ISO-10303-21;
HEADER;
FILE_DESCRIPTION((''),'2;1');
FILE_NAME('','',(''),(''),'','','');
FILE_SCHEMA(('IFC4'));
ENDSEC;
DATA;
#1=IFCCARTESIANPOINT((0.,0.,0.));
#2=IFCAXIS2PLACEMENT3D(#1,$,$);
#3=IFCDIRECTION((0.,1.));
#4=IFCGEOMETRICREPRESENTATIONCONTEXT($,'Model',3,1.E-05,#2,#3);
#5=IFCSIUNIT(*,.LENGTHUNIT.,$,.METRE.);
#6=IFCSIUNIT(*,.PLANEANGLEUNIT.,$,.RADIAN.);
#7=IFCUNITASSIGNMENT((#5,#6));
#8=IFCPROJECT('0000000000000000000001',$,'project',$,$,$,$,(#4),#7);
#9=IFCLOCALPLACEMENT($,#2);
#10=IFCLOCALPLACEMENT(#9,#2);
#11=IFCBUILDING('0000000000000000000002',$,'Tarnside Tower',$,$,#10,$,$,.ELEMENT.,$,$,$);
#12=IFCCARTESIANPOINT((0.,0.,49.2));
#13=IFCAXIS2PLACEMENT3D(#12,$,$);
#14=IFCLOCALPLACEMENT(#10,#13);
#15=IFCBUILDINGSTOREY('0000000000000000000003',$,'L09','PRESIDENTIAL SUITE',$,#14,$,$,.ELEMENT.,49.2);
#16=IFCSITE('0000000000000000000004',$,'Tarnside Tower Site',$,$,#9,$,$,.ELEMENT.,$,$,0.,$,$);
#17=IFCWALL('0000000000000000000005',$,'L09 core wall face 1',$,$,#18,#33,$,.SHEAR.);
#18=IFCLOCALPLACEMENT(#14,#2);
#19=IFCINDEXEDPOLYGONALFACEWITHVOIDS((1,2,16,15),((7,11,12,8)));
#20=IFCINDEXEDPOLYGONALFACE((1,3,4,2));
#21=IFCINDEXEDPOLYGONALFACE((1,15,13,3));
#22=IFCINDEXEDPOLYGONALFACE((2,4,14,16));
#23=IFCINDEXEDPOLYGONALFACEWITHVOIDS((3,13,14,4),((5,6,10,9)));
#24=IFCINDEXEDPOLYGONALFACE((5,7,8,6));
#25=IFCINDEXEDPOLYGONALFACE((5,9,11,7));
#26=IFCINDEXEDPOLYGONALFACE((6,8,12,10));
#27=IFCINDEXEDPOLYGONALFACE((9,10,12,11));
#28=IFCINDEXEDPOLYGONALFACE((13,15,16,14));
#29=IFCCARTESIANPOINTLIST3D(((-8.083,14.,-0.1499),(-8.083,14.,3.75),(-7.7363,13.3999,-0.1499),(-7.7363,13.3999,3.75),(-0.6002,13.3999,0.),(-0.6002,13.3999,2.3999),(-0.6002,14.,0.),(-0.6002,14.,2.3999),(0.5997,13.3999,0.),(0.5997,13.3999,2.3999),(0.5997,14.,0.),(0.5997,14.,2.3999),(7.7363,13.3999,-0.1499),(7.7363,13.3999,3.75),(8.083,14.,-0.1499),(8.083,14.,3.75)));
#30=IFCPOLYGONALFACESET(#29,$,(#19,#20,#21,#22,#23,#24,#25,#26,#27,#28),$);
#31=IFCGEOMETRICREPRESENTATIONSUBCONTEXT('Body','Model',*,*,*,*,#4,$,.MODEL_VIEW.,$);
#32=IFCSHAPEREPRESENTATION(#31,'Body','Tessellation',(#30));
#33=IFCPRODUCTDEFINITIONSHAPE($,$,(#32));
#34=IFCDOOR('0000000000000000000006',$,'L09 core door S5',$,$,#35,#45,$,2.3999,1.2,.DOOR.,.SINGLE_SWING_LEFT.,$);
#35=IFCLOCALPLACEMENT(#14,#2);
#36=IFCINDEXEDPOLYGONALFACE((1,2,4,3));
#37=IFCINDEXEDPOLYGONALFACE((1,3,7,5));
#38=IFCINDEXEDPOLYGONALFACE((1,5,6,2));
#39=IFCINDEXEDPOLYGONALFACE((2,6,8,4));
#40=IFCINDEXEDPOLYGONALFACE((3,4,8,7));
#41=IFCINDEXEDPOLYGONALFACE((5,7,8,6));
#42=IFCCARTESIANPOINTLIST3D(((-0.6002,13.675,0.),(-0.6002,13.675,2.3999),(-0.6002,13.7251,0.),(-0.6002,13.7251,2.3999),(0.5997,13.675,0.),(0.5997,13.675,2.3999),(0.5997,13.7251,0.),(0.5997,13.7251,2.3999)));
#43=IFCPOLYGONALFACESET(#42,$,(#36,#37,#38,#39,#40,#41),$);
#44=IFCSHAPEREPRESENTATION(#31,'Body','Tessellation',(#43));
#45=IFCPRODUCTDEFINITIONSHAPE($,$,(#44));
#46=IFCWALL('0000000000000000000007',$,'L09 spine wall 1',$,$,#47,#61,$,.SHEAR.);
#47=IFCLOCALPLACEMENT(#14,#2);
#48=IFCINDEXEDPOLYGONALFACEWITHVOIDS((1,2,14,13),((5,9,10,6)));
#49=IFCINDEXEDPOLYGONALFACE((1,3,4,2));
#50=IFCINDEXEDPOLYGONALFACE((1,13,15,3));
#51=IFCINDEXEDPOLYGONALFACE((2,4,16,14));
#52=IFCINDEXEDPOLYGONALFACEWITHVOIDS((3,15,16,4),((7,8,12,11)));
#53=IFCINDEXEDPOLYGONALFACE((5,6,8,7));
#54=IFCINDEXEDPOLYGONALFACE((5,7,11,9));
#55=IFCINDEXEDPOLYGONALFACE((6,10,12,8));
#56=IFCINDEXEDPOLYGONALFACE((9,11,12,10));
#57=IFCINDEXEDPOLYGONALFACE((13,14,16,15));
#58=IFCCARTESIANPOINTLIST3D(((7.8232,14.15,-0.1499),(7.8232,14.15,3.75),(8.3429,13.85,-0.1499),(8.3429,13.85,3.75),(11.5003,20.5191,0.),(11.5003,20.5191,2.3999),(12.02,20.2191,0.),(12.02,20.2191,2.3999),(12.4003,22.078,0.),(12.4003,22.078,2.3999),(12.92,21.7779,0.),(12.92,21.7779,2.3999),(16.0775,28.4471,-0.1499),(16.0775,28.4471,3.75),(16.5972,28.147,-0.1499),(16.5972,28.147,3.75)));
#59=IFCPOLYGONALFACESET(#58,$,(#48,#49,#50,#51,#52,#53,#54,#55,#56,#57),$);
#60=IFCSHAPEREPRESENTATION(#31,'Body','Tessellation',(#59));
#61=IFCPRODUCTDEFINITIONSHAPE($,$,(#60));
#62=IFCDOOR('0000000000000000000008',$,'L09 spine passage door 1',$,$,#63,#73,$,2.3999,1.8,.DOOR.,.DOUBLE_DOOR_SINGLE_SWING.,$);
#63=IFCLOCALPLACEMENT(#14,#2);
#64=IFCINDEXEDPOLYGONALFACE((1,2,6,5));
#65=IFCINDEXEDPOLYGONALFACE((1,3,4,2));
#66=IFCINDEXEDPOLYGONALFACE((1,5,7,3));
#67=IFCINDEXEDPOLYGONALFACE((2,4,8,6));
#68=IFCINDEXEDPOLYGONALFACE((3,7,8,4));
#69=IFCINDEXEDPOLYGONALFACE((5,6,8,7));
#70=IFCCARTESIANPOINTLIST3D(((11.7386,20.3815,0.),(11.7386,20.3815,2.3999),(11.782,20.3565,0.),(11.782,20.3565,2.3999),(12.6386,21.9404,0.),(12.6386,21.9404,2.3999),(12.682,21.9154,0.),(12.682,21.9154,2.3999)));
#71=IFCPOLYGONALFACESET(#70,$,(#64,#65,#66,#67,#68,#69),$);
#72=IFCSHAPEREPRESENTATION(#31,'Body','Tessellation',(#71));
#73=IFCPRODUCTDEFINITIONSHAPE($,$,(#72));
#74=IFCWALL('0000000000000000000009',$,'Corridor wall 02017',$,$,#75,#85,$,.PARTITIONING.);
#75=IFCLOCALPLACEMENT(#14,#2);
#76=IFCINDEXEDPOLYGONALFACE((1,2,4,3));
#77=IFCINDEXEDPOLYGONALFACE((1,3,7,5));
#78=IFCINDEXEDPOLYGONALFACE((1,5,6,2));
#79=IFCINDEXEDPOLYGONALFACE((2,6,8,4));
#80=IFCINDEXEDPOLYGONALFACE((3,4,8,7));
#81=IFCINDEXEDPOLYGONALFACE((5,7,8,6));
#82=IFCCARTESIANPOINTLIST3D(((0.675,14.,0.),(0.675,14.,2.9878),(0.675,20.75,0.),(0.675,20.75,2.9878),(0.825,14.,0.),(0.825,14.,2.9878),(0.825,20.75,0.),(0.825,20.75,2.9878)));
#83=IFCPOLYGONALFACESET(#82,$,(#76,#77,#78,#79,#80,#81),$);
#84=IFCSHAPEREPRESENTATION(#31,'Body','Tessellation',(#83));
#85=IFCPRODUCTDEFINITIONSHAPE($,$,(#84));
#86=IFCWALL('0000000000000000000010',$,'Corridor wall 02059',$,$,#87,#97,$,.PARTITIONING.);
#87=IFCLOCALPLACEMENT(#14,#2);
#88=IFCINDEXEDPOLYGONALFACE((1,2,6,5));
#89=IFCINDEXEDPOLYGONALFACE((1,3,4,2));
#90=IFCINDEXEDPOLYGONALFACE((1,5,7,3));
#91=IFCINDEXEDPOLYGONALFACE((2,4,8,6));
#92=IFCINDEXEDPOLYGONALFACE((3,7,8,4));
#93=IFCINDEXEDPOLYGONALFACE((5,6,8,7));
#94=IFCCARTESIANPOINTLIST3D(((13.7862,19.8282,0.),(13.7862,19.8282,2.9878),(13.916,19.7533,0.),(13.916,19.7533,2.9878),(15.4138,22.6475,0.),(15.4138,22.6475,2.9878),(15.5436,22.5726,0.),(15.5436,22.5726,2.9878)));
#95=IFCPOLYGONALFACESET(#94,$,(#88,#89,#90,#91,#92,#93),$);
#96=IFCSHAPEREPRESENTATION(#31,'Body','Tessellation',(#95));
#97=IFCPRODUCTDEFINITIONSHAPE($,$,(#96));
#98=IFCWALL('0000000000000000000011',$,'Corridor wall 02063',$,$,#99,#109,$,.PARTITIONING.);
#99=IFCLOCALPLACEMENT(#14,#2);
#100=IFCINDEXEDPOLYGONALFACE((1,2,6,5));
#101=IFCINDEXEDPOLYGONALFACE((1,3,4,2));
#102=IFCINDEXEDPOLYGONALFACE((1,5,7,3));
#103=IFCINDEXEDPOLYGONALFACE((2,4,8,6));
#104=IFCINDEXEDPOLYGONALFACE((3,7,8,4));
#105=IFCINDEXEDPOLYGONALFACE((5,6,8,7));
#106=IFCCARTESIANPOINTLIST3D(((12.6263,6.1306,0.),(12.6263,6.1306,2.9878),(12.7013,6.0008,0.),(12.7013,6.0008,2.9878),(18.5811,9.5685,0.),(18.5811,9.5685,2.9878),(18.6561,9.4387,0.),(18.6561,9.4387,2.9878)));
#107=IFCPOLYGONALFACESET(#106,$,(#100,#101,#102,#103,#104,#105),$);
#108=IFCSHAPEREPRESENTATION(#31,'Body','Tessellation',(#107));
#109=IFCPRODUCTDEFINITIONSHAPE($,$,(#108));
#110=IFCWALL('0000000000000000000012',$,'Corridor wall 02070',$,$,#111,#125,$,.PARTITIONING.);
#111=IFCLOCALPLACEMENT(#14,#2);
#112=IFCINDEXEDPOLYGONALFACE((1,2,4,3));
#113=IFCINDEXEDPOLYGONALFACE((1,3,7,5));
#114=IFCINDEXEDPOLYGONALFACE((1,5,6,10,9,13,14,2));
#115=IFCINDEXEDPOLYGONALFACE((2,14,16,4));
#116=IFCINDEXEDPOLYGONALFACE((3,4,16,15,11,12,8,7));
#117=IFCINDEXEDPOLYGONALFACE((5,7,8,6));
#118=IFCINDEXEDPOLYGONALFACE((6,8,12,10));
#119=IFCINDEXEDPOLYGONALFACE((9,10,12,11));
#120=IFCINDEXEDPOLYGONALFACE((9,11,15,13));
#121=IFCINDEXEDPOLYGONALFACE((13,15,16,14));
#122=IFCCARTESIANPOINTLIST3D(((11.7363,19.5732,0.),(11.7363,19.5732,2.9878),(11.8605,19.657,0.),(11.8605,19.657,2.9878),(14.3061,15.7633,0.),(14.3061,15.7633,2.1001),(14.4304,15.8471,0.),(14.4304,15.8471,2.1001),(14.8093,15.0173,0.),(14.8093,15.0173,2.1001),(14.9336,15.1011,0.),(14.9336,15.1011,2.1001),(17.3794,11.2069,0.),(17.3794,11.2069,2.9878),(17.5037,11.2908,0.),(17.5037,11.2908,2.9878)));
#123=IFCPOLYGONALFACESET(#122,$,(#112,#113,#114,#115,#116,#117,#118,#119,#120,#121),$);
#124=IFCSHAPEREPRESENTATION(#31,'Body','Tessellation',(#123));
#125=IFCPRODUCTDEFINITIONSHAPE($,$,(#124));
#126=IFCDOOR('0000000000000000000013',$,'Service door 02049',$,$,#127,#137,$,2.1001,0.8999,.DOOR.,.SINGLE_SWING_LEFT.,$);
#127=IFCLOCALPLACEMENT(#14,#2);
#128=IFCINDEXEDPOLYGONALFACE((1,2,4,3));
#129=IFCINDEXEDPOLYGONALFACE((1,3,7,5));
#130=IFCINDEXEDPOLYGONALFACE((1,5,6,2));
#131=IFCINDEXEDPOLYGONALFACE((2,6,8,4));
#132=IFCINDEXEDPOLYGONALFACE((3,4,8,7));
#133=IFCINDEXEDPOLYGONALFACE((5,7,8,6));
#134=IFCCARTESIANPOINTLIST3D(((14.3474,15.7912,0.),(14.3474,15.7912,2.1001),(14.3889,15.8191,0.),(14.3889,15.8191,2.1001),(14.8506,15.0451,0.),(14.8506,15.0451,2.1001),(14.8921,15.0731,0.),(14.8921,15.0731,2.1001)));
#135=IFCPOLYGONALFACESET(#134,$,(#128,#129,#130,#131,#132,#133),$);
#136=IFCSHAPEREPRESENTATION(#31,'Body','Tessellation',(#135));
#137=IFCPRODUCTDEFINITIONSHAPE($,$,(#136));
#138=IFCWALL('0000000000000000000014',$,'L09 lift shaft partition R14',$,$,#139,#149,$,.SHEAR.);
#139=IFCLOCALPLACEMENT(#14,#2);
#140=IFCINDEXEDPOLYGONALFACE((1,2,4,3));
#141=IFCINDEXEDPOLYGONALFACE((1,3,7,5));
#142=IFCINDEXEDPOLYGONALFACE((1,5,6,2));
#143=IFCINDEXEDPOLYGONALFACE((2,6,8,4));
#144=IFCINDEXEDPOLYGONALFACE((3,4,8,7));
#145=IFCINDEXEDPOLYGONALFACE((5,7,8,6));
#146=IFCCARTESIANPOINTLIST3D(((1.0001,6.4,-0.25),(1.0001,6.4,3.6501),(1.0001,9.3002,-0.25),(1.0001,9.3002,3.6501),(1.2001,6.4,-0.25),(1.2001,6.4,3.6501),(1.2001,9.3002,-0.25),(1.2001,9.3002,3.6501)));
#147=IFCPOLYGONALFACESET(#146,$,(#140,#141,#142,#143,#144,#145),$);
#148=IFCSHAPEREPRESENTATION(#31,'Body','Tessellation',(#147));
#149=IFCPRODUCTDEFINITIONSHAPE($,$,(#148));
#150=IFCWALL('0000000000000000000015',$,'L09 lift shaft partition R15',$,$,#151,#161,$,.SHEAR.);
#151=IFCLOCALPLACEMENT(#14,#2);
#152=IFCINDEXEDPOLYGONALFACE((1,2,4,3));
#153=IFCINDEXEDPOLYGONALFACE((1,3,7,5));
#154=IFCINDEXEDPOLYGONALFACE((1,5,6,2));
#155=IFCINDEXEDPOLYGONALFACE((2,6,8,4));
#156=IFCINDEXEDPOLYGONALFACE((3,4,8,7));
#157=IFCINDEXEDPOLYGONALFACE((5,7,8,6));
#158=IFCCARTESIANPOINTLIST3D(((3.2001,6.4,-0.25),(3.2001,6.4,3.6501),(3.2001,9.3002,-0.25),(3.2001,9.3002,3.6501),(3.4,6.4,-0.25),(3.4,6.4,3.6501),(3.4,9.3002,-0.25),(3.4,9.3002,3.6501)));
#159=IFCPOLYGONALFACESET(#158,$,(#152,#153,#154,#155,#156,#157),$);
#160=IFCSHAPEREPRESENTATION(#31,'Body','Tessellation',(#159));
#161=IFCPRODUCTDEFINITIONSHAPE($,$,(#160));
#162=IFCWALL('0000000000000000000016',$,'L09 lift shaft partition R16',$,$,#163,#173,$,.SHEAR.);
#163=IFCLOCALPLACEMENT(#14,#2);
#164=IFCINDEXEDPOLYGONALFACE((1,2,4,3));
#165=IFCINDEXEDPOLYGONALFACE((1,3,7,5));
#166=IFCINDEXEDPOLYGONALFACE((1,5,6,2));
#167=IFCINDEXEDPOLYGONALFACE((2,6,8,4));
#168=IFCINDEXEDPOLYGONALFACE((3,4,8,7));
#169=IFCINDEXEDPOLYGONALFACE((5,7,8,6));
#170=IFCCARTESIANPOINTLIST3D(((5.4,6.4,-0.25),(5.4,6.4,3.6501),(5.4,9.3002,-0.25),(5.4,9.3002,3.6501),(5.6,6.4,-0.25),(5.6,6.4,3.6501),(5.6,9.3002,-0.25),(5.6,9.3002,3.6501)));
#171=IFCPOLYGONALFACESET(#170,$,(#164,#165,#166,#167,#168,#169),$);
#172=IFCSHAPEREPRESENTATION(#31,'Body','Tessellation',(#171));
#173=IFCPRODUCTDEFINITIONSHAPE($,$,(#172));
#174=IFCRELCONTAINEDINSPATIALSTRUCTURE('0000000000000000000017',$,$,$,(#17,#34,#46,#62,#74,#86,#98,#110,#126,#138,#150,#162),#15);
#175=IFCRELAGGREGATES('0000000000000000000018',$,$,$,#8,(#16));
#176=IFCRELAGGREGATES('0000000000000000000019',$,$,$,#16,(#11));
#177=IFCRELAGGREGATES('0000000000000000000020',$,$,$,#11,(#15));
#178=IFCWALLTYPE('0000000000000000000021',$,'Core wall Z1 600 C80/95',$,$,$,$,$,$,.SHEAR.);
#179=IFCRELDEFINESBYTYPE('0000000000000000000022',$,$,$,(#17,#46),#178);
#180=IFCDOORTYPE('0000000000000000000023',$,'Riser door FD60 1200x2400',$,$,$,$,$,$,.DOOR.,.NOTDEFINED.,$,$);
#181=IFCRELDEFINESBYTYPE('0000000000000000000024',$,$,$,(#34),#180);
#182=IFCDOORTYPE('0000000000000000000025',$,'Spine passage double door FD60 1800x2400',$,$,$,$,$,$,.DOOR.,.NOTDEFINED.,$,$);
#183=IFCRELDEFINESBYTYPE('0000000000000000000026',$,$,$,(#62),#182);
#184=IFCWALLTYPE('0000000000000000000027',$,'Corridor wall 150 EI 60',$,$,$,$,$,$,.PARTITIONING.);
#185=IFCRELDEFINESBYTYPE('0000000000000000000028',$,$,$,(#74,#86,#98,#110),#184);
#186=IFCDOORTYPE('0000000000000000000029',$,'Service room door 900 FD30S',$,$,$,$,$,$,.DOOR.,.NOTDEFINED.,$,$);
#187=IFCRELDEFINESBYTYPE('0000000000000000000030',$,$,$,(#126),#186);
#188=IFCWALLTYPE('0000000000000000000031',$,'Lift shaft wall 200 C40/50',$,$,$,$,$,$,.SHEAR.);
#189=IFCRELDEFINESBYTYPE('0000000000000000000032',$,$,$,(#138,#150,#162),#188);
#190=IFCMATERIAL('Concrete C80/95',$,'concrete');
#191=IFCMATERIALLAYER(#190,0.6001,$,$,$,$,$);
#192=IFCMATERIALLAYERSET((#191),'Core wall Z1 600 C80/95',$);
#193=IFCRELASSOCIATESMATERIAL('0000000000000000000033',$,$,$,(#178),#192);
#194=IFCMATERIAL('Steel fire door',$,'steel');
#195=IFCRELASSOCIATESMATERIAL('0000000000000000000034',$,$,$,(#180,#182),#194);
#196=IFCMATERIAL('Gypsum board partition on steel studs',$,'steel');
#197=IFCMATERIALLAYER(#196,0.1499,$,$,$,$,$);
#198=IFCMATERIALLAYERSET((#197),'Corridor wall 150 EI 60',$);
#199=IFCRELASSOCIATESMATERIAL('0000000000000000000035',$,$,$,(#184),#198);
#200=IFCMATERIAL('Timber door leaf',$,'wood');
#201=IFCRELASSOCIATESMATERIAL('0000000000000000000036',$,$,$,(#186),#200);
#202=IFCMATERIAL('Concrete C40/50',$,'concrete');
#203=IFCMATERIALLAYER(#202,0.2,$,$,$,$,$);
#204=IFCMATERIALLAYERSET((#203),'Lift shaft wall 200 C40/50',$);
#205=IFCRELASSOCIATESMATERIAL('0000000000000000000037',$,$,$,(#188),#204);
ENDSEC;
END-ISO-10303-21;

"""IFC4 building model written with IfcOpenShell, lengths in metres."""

from ifc_helpers import new_model, si_unit, direction, frame, frame_2d, origin, place, context, subcontext, project, spatial, polyline, rectangle, outline, extrude, material, layer, layer_set, type_object, element, fill, save


model = new_model("IFC4")

# Units and contexts
model_context = context("Model", 3, precision=1e-05, world=origin(), true_north=direction((0.0, 1.0)))
body_context = subcontext(model_context, "Body", "Model", "MODEL_VIEW")
ifc_project = project(units=[si_unit("LENGTHUNIT", "METRE"), si_unit("PLANEANGLEUNIT", "RADIAN")], contexts=[model_context])

# Site, building, storey
site_placement = place(None, origin())
site = spatial("IfcSite", under=ifc_project, at=site_placement, Name="Tarnside Tower Site", CompositionType="ELEMENT", RefElevation=0.0)
building_placement = place(site_placement, origin())
building = spatial("IfcBuilding", under=site, at=building_placement, Name="Tarnside Tower", CompositionType="ELEMENT")
storey_placement = place(building_placement, frame((0.0, 0.0, 49.2)))
storey = spatial("IfcBuildingStorey", under=building, at=storey_placement, Name="L09", Description="PRESIDENTIAL SUITE", CompositionType="ELEMENT", Elevation=49.2)

# Shared definitions
ifc_material_1 = material(Name="Concrete C40/50", Category="concrete")

# Shared definitions
ifc_material_2 = material(Name="Steel fire door", Category="steel")

# Walls, openings, doors
ifc_material_3 = material(Name="Concrete C80/95", Category="concrete")
ifc_layer_1 = layer(ifc_material_3, 0.6001)
ifc_layer_set_1 = layer_set([ifc_layer_1], Name="Core wall Z1 600 C80/95")
wall_type_1 = type_object("IfcWallType", Name="Core wall Z1 600 C80/95", PredefinedType="SHEAR", material=ifc_layer_set_1)
wall_1_placement = place(storey_placement, frame((7.9097, 13.7, -0.1499), z_axis=(0.0, 0.0, 1.0), x_axis=(-1.0, 0.0, 0.0)))
wall_1 = element("IfcWall", 1, at=wall_1_placement, inside=storey, type_object=wall_type_1, Name="L09 core wall face 1", PredefinedType="SHEAR", context=body_context, shape_type="SweptSolid", body=[
    extrude(outline(polyline([(-0.1733, -0.3), (15.9927, -0.3), (15.646, 0.3), (0.1733, 0.3), (-0.1733, -0.3)])), origin(), (0.0, 0.0, 1.0), 3.8999),
])
opening_1_placement = place(wall_1_placement, frame((7.3098, 0.0, 0.1499)))
opening_1 = element("IfcOpeningElement", 2, at=opening_1_placement, cuts=wall_1, PredefinedType="OPENING", context=body_context, shape_type="SweptSolid", body=[
    extrude(rectangle(XDim=1.2, YDim=2.3999, at=frame_2d((0.6001, 1.2))), frame((0.0, 0.3101, 0.0), z_axis=(0.0, -1.0, 0.0), x_axis=(1.0, 0.0, 0.0)), (0.0, 0.0, 1.0), 0.6201),
])
door_type_1 = type_object("IfcDoorType", Name="Riser door FD60 1200x2400", OperationType="NOTDEFINED", PredefinedType="DOOR", material=ifc_material_2)
door_1_placement = place(opening_1_placement, origin())
door_1 = element("IfcDoor", 3, at=door_1_placement, inside=storey, type_object=door_type_1, Name="L09 core door S5", OperationType="SINGLE_SWING_LEFT", OverallHeight=2.3999, OverallWidth=1.2, PredefinedType="DOOR", context=body_context, shape_type="SweptSolid", body=[
    extrude(rectangle(XDim=1.2, YDim=2.3999, at=frame_2d((0.6001, 1.2))), frame((0.0, 0.0249, 0.0), z_axis=(0.0, -1.0, 0.0), x_axis=(1.0, 0.0, 0.0)), (0.0, 0.0, 1.0), 0.05),
])
fill(opening_1, door_1)
wall_2_placement = place(storey_placement, frame((8.083, 14.0, -0.1499), z_axis=(0.0, 0.0, 1.0), x_axis=(0.499998, 0.866027, 0.0)))
wall_2 = element("IfcWall", 4, at=wall_2_placement, inside=storey, type_object=wall_type_1, Name="L09 spine wall 1", PredefinedType="SHEAR", context=body_context, shape_type="SweptSolid", body=[
    extrude(rectangle(XDim=16.5088, YDim=0.6001, at=frame_2d((8.2544, 0.0))), origin(), (0.0, 0.0, 1.0), 3.8999),
])
opening_2_placement = place(wall_2_placement, frame((7.3545, 0.0, 0.1499)))
opening_2 = element("IfcOpeningElement", 5, at=opening_2_placement, cuts=wall_2, PredefinedType="OPENING", context=body_context, shape_type="SweptSolid", body=[
    extrude(rectangle(XDim=1.8, YDim=2.3999, at=frame_2d((0.8999, 1.2))), frame((0.0, 0.3101, 0.0), z_axis=(0.0, -1.0, 0.0), x_axis=(1.0, 0.0, 0.0)), (0.0, 0.0, 1.0), 0.6201),
])
door_type_2 = type_object("IfcDoorType", Name="Spine passage double door FD60 1800x2400", OperationType="NOTDEFINED", PredefinedType="DOOR", material=ifc_material_2)
door_2_placement = place(opening_2_placement, origin())
door_2 = element("IfcDoor", 6, at=door_2_placement, inside=storey, type_object=door_type_2, Name="L09 spine passage door 1", OperationType="DOUBLE_DOOR_SINGLE_SWING", OverallHeight=2.3999, OverallWidth=1.8, PredefinedType="DOOR", context=body_context, shape_type="SweptSolid", body=[
    extrude(rectangle(XDim=1.8, YDim=2.3999, at=frame_2d((0.8999, 1.2))), frame((0.0, 0.0249, 0.0), z_axis=(0.0, -1.0, 0.0), x_axis=(1.0, 0.0, 0.0)), (0.0, 0.0, 1.0), 0.05),
])
fill(opening_2, door_2)

# Walls
ifc_material_4 = material(Name="Gypsum board partition on steel studs", Category="steel")
ifc_layer_2 = layer(ifc_material_4, 0.1499)
ifc_layer_set_2 = layer_set([ifc_layer_2], Name="Corridor wall 150 EI 60")
wall_type_2 = type_object("IfcWallType", Name="Corridor wall 150 EI 60", PredefinedType="PARTITIONING", material=ifc_layer_set_2)
wall_3_placement = place(storey_placement, frame((0.75, 14.0, 0.0), z_axis=(0.0, 0.0, 1.0), x_axis=(0.0, 1.0, 0.0)))
element("IfcWall", 7, at=wall_3_placement, inside=storey, type_object=wall_type_2, Name="Corridor wall 02017", PredefinedType="PARTITIONING", context=body_context, shape_type="SweptSolid", body=[
    extrude(rectangle(XDim=6.75, YDim=0.1499, at=frame_2d((3.375, 0.0))), origin(), (0.0, 0.0, 1.0), 2.9878),
])
wall_4_placement = place(storey_placement, frame((13.8511, 19.7908, 0.0), z_axis=(0.0, 0.0, 1.0), x_axis=(0.499986, 0.866033, 0.0)))
element("IfcWall", 8, at=wall_4_placement, inside=storey, type_object=wall_type_2, Name="Corridor wall 02059", PredefinedType="PARTITIONING", context=body_context, shape_type="SweptSolid", body=[
    extrude(rectangle(XDim=3.2554, YDim=0.1499, at=frame_2d((1.6277, 0.0))), origin(), (0.0, 0.0, 1.0), 2.9878),
])
wall_5_placement = place(storey_placement, frame((12.6638, 6.0657, 0.0), z_axis=(0.0, 0.0, 1.0), x_axis=(0.866028, 0.499996, 0.0)))
element("IfcWall", 9, at=wall_5_placement, inside=storey, type_object=wall_type_2, Name="Corridor wall 02063", PredefinedType="PARTITIONING", context=body_context, shape_type="SweptSolid", body=[
    extrude(rectangle(XDim=6.876, YDim=0.1499, at=frame_2d((3.438, 0.0))), origin(), (0.0, 0.0, 1.0), 2.9878),
])

# Wall, opening, door
wall_6_placement = place(storey_placement, frame((11.7983, 19.6152, 0.0), z_axis=(0.0, 0.0, 1.0), x_axis=(0.559192, -0.829038, 0.0)))
wall_6 = element("IfcWall", 10, at=wall_6_placement, inside=storey, type_object=wall_type_2, Name="Corridor wall 02070", PredefinedType="PARTITIONING", context=body_context, shape_type="SweptSolid", body=[
    extrude(rectangle(XDim=10.0916, YDim=0.1499, at=frame_2d((5.0459, 0.0))), origin(), (0.0, 0.0, 1.0), 2.9878),
])
opening_3_placement = place(wall_6_placement, frame((4.5957, 0.0, 0.0)))
opening_3 = element("IfcOpeningElement", 11, at=opening_3_placement, cuts=wall_6, PredefinedType="OPENING", context=body_context, shape_type="SweptSolid", body=[
    extrude(rectangle(XDim=0.8999, YDim=2.1001, at=frame_2d((0.45, 1.05))), frame((0.0, 0.085, 0.0), z_axis=(0.0, -1.0, 0.0), x_axis=(1.0, 0.0, 0.0)), (0.0, 0.0, 1.0), 0.1699),
])
ifc_material_5 = material(Name="Timber door leaf", Category="wood")
door_type_3 = type_object("IfcDoorType", Name="Service room door 900 FD30S", OperationType="NOTDEFINED", PredefinedType="DOOR", material=ifc_material_5)
door_3_placement = place(opening_3_placement, origin())
door_3 = element("IfcDoor", 12, at=door_3_placement, inside=storey, type_object=door_type_3, Name="Service door 02049", OperationType="SINGLE_SWING_LEFT", OverallHeight=2.1001, OverallWidth=0.8999, PredefinedType="DOOR", context=body_context, shape_type="SweptSolid", body=[
    extrude(rectangle(XDim=0.8999, YDim=2.1001, at=frame_2d((0.45, 1.05))), frame((0.0, 0.0249, 0.0), z_axis=(0.0, -1.0, 0.0), x_axis=(1.0, 0.0, 0.0)), (0.0, 0.0, 1.0), 0.05),
])
fill(opening_3, door_3)

# Walls
ifc_layer_3 = layer(ifc_material_1, 0.2)
ifc_layer_set_3 = layer_set([ifc_layer_3], Name="Lift shaft wall 200 C40/50")
wall_type_3 = type_object("IfcWallType", Name="Lift shaft wall 200 C40/50", PredefinedType="SHEAR", material=ifc_layer_set_3)
for number, where, z_axis, x_axis, name in (
    (13, (1.1001, 6.3999, -0.25), (0.0, 0.0, 1.0), (0.0, 1.0, 0.0), "L09 lift shaft partition R14"),
    (14, (3.3, 6.3999, -0.25), (0.0, 0.0, 1.0), (0.0, 1.0, 0.0), "L09 lift shaft partition R15"),
    (15, (5.5, 6.3999, -0.25), (0.0, 0.0, 1.0), (0.0, 1.0, 0.0), "L09 lift shaft partition R16"),
):
    element("IfcWall", number, at=place(storey_placement, frame(where, z_axis=z_axis, x_axis=x_axis)), inside=storey, type_object=wall_type_3, Name=name, PredefinedType="SHEAR", context=body_context, shape_type="SweptSolid", body=[
        extrude(rectangle(XDim=2.9001, YDim=0.2, at=frame_2d((1.4502, 0.0))), origin(), (0.0, 0.0, 1.0), 3.9001),
    ])

save(model, "model.ifc")
